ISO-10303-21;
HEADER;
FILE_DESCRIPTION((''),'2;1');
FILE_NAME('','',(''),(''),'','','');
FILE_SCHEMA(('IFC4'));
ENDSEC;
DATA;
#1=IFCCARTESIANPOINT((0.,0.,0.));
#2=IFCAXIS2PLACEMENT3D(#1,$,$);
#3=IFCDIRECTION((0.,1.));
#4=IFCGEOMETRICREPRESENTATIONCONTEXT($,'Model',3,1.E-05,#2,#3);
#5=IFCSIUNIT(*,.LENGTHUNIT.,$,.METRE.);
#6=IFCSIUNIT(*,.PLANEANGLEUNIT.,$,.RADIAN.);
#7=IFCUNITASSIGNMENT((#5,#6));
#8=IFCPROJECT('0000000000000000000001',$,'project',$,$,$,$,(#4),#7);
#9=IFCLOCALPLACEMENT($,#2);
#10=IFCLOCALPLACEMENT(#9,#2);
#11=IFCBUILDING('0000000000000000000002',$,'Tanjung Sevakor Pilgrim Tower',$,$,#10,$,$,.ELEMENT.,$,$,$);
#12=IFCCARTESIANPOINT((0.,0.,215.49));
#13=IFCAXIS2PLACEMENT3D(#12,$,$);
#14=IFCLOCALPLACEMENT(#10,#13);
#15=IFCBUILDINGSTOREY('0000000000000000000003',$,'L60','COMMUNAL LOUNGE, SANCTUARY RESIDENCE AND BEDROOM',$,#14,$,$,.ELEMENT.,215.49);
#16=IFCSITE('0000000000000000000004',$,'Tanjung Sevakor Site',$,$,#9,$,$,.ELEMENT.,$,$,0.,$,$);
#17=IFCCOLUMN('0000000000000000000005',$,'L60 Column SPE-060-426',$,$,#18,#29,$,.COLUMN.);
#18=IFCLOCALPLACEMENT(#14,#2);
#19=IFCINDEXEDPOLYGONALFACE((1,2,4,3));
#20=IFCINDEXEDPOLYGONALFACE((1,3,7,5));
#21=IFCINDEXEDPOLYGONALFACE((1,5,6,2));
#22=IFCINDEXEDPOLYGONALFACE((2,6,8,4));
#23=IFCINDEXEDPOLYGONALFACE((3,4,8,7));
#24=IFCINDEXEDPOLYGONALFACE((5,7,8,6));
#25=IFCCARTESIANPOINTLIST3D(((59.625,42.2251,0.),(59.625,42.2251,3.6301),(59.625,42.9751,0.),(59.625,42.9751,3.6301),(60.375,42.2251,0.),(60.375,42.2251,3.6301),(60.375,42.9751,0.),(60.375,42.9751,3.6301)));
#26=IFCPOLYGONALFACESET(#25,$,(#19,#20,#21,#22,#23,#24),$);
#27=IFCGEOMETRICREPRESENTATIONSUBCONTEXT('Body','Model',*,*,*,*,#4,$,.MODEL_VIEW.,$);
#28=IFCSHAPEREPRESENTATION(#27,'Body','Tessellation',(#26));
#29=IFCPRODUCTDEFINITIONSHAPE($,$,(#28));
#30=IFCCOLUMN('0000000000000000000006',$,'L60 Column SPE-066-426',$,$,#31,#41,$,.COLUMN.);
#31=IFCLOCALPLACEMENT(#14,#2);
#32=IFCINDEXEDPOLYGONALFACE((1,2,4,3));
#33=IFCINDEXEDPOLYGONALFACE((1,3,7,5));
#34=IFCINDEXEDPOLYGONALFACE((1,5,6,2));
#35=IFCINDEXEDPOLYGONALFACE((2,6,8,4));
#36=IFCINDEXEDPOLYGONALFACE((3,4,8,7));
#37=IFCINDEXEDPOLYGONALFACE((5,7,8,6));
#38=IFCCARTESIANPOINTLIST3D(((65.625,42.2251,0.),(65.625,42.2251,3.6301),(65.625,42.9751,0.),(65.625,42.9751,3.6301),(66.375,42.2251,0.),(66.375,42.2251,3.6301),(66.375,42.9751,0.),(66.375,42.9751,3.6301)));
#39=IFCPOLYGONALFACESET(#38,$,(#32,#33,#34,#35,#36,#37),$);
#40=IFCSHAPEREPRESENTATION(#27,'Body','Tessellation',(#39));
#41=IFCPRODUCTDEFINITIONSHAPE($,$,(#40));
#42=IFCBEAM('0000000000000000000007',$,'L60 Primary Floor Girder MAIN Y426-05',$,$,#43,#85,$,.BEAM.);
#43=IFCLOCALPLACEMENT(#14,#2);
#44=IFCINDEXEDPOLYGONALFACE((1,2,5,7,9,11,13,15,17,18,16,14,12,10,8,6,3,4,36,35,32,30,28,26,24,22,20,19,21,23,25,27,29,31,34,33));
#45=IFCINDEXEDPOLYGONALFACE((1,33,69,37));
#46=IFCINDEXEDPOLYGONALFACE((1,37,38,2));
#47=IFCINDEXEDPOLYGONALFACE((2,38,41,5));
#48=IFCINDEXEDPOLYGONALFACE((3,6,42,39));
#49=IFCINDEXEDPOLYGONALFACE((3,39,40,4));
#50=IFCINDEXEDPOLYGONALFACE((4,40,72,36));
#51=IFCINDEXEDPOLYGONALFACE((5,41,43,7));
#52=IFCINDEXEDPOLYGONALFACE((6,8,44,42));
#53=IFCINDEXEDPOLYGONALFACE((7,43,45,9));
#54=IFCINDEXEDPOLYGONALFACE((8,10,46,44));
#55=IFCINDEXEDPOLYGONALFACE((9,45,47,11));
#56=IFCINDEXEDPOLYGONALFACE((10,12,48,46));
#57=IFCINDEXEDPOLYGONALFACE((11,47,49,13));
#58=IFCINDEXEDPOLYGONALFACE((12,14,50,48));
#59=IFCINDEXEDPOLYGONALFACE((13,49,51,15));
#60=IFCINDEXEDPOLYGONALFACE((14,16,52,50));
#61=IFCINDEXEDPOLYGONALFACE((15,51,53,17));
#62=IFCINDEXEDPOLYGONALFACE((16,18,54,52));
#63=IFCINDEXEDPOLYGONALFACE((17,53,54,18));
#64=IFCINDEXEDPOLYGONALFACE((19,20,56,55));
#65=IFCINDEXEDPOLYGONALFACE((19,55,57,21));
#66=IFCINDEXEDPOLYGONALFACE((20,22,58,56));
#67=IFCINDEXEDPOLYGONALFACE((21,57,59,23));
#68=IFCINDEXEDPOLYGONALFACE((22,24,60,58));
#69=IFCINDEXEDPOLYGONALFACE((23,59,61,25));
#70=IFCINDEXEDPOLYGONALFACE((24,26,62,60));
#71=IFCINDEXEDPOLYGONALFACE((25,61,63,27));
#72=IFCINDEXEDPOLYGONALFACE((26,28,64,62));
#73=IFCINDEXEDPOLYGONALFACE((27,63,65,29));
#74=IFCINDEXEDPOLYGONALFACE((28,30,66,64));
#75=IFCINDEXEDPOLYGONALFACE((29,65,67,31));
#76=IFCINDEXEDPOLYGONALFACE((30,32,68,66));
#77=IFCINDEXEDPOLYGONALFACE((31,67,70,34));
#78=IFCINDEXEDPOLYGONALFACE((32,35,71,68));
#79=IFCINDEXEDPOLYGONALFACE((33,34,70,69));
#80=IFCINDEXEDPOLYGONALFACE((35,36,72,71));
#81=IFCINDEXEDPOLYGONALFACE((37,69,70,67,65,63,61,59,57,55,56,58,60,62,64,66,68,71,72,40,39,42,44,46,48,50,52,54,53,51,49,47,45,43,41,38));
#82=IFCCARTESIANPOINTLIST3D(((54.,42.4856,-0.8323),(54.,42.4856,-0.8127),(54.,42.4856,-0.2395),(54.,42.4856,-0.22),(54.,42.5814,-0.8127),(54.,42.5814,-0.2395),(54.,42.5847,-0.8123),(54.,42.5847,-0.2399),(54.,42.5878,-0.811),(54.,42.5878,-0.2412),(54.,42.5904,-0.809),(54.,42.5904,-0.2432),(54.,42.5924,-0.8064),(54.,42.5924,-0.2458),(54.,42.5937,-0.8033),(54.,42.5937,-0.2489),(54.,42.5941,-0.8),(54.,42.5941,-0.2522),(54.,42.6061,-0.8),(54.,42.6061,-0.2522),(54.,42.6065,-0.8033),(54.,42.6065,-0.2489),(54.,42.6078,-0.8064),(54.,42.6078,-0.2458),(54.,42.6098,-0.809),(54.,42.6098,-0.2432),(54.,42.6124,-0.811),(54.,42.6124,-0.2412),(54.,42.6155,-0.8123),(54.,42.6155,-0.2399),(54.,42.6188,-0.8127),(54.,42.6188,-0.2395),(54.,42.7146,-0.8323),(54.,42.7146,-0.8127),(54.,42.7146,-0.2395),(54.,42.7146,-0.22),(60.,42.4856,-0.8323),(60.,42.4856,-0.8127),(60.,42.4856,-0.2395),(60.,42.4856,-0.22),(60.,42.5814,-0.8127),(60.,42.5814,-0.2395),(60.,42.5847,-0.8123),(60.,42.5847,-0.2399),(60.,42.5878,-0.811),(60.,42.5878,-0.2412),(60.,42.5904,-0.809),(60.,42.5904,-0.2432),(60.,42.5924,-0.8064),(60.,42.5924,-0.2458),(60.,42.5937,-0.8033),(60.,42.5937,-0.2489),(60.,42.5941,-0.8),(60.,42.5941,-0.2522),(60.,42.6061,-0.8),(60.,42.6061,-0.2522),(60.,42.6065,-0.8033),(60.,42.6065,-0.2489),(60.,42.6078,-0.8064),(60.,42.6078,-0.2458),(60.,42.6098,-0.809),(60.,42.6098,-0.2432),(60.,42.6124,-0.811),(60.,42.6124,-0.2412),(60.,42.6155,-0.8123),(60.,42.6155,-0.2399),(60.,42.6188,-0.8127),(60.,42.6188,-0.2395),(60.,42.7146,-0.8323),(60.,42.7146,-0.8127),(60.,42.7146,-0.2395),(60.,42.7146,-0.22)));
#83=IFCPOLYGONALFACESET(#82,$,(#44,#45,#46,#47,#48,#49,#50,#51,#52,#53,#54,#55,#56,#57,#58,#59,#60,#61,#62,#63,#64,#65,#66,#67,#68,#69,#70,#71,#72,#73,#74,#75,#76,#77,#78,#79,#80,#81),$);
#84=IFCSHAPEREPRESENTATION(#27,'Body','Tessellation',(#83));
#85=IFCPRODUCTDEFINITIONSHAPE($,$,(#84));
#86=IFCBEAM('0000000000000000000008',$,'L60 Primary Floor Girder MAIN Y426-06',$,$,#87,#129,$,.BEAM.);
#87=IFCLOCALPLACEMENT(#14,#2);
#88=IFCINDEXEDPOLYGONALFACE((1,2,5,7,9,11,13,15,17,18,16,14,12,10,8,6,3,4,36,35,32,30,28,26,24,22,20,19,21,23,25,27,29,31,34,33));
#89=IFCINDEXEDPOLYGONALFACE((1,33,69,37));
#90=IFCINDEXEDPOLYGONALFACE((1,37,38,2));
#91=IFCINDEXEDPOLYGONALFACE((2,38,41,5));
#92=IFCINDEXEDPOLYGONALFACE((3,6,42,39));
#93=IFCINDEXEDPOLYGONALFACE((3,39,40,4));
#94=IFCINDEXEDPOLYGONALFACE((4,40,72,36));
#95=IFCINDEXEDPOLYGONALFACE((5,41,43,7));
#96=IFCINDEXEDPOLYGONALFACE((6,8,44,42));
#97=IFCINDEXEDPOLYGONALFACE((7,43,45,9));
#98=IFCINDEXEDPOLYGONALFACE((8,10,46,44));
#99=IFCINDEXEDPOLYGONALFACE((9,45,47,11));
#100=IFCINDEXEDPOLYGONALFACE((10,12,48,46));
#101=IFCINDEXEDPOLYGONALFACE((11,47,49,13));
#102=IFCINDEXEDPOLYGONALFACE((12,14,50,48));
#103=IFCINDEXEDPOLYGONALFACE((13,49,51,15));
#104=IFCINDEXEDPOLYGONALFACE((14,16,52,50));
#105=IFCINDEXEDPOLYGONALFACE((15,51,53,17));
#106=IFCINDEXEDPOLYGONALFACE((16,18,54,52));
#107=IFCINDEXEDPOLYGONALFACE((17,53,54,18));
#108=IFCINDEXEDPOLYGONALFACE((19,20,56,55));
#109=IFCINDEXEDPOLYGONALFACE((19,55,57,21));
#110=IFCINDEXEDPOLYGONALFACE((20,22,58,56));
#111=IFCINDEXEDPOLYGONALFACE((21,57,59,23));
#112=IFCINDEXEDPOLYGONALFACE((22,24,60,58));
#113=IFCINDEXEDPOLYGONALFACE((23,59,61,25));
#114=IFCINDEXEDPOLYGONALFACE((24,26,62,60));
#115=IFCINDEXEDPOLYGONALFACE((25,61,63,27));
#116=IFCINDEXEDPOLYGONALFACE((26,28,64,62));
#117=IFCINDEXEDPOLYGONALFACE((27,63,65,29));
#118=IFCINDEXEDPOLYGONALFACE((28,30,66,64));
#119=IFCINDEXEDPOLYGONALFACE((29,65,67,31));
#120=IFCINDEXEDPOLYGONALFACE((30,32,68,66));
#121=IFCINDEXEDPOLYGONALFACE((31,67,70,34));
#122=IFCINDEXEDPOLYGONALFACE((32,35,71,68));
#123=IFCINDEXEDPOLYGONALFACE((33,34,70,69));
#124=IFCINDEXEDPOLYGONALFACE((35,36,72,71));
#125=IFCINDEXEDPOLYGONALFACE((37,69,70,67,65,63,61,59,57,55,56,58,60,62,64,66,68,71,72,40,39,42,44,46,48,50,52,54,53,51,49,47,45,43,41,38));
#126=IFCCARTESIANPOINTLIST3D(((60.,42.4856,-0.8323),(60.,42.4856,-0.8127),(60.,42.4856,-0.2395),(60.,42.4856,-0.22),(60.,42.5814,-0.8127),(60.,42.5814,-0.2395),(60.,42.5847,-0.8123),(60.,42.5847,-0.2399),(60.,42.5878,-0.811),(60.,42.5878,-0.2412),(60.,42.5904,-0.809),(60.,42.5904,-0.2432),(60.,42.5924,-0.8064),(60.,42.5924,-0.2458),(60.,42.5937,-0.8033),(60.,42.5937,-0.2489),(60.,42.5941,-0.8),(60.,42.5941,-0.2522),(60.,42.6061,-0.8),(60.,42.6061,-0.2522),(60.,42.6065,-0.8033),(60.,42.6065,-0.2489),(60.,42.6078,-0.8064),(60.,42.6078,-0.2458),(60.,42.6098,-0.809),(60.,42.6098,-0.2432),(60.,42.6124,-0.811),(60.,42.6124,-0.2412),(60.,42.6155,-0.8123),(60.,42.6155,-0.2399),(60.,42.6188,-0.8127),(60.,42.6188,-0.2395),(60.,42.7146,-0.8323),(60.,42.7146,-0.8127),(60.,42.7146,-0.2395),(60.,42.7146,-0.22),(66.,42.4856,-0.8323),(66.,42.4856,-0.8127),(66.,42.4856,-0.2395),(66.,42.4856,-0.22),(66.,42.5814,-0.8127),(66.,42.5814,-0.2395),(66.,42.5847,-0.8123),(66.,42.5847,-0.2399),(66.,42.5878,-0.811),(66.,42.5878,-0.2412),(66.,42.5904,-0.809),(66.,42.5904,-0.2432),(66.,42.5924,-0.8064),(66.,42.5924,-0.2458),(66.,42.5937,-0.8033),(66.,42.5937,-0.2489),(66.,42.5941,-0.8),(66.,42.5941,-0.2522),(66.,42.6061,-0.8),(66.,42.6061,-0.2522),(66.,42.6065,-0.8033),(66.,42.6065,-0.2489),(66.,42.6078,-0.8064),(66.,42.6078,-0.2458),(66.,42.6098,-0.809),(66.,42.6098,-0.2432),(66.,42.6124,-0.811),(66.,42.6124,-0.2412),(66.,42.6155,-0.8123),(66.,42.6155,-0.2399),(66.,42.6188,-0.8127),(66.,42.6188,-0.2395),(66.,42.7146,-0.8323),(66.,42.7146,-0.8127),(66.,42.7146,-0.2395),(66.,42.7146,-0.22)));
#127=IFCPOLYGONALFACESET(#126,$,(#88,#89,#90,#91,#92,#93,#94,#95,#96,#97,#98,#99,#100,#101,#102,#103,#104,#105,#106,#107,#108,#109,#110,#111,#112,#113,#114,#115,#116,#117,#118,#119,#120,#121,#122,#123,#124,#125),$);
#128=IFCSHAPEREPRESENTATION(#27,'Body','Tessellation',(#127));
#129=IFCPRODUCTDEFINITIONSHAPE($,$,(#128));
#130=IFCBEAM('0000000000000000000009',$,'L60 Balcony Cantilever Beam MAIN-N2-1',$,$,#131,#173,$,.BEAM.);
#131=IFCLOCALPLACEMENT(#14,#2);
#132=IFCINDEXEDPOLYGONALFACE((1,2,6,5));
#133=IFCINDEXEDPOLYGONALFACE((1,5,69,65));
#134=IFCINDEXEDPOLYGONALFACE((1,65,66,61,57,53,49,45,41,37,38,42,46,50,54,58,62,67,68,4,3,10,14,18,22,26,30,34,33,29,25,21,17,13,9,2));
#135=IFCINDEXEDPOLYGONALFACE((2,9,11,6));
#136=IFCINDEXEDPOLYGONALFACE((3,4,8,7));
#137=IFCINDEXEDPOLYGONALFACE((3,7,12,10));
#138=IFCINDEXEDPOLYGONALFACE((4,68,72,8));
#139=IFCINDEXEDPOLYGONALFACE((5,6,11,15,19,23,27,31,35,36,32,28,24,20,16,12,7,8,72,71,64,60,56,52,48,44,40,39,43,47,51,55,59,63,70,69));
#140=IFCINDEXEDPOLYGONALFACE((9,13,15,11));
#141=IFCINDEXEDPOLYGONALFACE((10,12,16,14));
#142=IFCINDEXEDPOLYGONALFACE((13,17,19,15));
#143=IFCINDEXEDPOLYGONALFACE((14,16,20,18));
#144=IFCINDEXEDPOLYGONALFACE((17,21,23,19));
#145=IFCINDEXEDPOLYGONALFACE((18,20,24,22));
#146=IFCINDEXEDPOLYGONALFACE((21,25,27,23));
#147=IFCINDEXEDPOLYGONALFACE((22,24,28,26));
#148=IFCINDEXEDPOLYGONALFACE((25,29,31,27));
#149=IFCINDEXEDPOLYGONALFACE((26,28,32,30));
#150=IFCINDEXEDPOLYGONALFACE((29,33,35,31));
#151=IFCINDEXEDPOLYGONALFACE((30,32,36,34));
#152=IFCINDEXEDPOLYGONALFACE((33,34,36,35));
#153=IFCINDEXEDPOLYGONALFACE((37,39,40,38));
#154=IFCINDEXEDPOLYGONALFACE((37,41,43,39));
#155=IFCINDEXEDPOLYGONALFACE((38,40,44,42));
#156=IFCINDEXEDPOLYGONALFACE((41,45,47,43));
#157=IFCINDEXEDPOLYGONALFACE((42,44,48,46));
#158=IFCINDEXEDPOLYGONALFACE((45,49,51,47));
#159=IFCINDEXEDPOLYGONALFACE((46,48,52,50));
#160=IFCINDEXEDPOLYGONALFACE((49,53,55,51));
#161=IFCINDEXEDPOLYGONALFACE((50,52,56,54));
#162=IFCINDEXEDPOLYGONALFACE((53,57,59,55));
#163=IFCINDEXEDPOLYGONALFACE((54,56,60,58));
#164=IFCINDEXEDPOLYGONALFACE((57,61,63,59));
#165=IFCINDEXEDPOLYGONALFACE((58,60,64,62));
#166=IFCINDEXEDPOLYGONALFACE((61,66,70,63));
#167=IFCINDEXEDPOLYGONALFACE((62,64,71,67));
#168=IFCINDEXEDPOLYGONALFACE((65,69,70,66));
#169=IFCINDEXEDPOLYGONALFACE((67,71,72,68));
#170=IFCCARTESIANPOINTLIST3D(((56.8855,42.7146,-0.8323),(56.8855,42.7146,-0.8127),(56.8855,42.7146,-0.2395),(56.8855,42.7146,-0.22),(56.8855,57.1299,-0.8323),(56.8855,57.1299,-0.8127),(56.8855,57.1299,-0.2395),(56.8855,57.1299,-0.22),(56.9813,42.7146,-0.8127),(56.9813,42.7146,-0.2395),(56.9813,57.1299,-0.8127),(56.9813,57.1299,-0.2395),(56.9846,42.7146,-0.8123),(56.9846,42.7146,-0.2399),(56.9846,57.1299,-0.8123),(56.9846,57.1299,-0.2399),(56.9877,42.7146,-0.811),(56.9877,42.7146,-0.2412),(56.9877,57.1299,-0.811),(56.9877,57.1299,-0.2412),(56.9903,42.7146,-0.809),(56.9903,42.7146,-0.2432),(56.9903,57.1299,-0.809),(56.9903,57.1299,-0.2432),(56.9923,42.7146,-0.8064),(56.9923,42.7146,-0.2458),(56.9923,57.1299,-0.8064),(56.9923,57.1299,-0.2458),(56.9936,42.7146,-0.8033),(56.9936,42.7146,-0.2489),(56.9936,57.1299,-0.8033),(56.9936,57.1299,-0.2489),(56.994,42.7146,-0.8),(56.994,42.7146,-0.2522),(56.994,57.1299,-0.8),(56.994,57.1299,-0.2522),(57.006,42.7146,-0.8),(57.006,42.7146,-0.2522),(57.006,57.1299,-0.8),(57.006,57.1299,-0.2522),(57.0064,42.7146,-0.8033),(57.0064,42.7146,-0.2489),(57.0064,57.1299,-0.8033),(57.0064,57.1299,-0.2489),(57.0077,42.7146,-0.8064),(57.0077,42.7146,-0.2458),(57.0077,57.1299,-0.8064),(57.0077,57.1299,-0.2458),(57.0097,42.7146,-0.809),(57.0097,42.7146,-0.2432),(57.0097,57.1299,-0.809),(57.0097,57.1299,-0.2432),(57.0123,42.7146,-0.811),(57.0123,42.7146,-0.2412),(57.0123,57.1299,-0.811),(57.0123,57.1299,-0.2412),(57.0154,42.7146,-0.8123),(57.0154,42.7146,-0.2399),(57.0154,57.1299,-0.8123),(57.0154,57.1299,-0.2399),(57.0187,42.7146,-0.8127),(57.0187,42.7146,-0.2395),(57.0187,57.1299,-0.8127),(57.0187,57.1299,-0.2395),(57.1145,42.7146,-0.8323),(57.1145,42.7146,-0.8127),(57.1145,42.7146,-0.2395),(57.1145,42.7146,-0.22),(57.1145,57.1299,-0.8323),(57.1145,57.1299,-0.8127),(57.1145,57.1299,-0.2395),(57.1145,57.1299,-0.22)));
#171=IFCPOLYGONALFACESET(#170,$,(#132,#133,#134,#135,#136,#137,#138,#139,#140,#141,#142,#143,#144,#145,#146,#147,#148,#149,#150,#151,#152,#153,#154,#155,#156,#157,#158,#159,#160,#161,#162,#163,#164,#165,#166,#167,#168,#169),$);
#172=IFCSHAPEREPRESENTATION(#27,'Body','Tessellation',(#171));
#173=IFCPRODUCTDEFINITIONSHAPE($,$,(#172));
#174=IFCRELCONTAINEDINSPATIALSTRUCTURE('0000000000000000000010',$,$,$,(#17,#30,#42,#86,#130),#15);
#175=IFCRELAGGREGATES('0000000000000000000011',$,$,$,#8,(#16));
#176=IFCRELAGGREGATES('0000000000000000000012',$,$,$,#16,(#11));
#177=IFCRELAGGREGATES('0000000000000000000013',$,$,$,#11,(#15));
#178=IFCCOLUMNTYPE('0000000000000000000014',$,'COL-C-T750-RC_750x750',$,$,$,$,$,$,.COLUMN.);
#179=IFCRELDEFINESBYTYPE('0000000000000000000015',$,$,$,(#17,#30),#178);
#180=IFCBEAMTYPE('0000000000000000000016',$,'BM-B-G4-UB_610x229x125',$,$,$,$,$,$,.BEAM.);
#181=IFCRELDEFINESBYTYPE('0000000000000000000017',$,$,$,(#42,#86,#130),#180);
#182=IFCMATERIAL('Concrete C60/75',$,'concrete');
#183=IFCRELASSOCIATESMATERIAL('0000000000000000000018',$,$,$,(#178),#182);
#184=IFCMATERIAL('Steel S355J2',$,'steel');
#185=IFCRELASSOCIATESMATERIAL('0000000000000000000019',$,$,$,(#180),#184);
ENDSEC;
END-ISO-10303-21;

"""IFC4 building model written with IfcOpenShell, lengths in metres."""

from ifc_helpers import new_model, si_unit, direction, frame, origin, origin_2d, place, context, subcontext, project, spatial, rectangle, i_section, extrude, material, material_profile, profile_set, type_object, element, save


model = new_model("IFC4")

# Units and contexts
model_context = context("Model", 3, precision=1e-05, world=origin(), true_north=direction((0.0, 1.0)))
body_context = subcontext(model_context, "Body", "Model", "MODEL_VIEW")
ifc_project = project(units=[si_unit("LENGTHUNIT", "METRE"), si_unit("PLANEANGLEUNIT", "RADIAN")], contexts=[model_context])

# Site, building, storey
site_placement = place(None, origin())
site = spatial("IfcSite", under=ifc_project, at=site_placement, Name="Tanjung Sevakor Site", CompositionType="ELEMENT", RefElevation=0.0)
building_placement = place(site_placement, origin())
building = spatial("IfcBuilding", under=site, at=building_placement, Name="Tanjung Sevakor Pilgrim Tower", CompositionType="ELEMENT")
storey_placement = place(building_placement, frame((0.0, 0.0, 215.49)))
storey = spatial("IfcBuildingStorey", under=building, at=storey_placement, Name="L60", Description="COMMUNAL LOUNGE, SANCTUARY RESIDENCE AND BEDROOM", CompositionType="ELEMENT", Elevation=215.49)

# Columns
ifc_material_1 = material(Name="Concrete C60/75", Category="concrete")
ifc_material_profile_1 = material_profile(ifc_material_1, rectangle(XDim=0.75, YDim=0.75, at=origin_2d()))
ifc_profile_set_1 = profile_set([ifc_material_profile_1], Name="Concrete C60/75")
column_type = type_object("IfcColumnType", Name="COL-C-T750-RC_750x750", PredefinedType="COLUMN", material=ifc_profile_set_1)
for number, where, z_axis, x_axis, name in (
    (1, (60.0, 42.6001, 0.0), (0.0, 0.0, 1.0), (1.0, 0.0, 0.0), "L60 Column SPE-060-426"),
    (2, (66.0, 42.6001, 0.0), (0.0, 0.0, 1.0), (1.0, 0.0, 0.0), "L60 Column SPE-066-426"),
):
    element("IfcColumn", number, at=place(storey_placement, frame(where, z_axis=z_axis, x_axis=x_axis)), inside=storey, type_object=column_type, Name=name, PredefinedType="COLUMN", context=body_context, shape_type="SweptSolid", body=[
        extrude(rectangle(XDim=0.75, YDim=0.75, at=origin_2d()), origin(), (0.0, 0.0, 1.0), 3.6301),
    ])

# Beams
ifc_material_2 = material(Name="Steel S355J2", Category="steel")
ifc_material_profile_2 = material_profile(ifc_material_2, i_section(OverallWidth=0.229, OverallDepth=0.6123, WebThickness=0.012, FlangeThickness=0.0195, FilletRadius=0.0127, at=origin_2d()))
ifc_profile_set_2 = profile_set([ifc_material_profile_2], Name="Steel S355J2")
beam_type_1 = type_object("IfcBeamType", Name="BM-B-G4-UB_610x229x125", PredefinedType="BEAM", material=ifc_profile_set_2)
for number, where, z_axis, x_axis, name in (
    (3, (54.0, 42.6001, -0.5261), (1.0, 0.0, 0.0), (0.0, 1.0, 0.0), "L60 Primary Floor Girder MAIN Y426-05"),
    (4, (60.0, 42.6001, -0.5261), (1.0, 0.0, 0.0), (0.0, 1.0, 0.0), "L60 Primary Floor Girder MAIN Y426-06"),
):
    element("IfcBeam", number, at=place(storey_placement, frame(where, z_axis=z_axis, x_axis=x_axis)), inside=storey, type_object=beam_type_1, Name=name, PredefinedType="BEAM", context=body_context, shape_type="SweptSolid", body=[
        extrude(i_section(OverallWidth=0.229, OverallDepth=0.6123, WebThickness=0.012, FlangeThickness=0.0195, FilletRadius=0.0127, at=origin_2d()), origin(), (0.0, 0.0, 1.0), 6.0),
    ])
beam_1_placement = place(storey_placement, frame((57.0, 42.7146, -0.5261), z_axis=(0.0, 1.0, 0.0), x_axis=(-1.0, 0.0, 0.0)))
element("IfcBeam", 5, at=beam_1_placement, inside=storey, type_object=beam_type_1, Name="L60 Balcony Cantilever Beam MAIN-N2-1", PredefinedType="BEAM", context=body_context, shape_type="SweptSolid", body=[
    extrude(i_section(OverallWidth=0.229, OverallDepth=0.6123, WebThickness=0.012, FlangeThickness=0.0195, FilletRadius=0.0127, at=origin_2d()), origin(), (0.0, 0.0, 1.0), 14.4153),
])

save(model, "model.ifc")
